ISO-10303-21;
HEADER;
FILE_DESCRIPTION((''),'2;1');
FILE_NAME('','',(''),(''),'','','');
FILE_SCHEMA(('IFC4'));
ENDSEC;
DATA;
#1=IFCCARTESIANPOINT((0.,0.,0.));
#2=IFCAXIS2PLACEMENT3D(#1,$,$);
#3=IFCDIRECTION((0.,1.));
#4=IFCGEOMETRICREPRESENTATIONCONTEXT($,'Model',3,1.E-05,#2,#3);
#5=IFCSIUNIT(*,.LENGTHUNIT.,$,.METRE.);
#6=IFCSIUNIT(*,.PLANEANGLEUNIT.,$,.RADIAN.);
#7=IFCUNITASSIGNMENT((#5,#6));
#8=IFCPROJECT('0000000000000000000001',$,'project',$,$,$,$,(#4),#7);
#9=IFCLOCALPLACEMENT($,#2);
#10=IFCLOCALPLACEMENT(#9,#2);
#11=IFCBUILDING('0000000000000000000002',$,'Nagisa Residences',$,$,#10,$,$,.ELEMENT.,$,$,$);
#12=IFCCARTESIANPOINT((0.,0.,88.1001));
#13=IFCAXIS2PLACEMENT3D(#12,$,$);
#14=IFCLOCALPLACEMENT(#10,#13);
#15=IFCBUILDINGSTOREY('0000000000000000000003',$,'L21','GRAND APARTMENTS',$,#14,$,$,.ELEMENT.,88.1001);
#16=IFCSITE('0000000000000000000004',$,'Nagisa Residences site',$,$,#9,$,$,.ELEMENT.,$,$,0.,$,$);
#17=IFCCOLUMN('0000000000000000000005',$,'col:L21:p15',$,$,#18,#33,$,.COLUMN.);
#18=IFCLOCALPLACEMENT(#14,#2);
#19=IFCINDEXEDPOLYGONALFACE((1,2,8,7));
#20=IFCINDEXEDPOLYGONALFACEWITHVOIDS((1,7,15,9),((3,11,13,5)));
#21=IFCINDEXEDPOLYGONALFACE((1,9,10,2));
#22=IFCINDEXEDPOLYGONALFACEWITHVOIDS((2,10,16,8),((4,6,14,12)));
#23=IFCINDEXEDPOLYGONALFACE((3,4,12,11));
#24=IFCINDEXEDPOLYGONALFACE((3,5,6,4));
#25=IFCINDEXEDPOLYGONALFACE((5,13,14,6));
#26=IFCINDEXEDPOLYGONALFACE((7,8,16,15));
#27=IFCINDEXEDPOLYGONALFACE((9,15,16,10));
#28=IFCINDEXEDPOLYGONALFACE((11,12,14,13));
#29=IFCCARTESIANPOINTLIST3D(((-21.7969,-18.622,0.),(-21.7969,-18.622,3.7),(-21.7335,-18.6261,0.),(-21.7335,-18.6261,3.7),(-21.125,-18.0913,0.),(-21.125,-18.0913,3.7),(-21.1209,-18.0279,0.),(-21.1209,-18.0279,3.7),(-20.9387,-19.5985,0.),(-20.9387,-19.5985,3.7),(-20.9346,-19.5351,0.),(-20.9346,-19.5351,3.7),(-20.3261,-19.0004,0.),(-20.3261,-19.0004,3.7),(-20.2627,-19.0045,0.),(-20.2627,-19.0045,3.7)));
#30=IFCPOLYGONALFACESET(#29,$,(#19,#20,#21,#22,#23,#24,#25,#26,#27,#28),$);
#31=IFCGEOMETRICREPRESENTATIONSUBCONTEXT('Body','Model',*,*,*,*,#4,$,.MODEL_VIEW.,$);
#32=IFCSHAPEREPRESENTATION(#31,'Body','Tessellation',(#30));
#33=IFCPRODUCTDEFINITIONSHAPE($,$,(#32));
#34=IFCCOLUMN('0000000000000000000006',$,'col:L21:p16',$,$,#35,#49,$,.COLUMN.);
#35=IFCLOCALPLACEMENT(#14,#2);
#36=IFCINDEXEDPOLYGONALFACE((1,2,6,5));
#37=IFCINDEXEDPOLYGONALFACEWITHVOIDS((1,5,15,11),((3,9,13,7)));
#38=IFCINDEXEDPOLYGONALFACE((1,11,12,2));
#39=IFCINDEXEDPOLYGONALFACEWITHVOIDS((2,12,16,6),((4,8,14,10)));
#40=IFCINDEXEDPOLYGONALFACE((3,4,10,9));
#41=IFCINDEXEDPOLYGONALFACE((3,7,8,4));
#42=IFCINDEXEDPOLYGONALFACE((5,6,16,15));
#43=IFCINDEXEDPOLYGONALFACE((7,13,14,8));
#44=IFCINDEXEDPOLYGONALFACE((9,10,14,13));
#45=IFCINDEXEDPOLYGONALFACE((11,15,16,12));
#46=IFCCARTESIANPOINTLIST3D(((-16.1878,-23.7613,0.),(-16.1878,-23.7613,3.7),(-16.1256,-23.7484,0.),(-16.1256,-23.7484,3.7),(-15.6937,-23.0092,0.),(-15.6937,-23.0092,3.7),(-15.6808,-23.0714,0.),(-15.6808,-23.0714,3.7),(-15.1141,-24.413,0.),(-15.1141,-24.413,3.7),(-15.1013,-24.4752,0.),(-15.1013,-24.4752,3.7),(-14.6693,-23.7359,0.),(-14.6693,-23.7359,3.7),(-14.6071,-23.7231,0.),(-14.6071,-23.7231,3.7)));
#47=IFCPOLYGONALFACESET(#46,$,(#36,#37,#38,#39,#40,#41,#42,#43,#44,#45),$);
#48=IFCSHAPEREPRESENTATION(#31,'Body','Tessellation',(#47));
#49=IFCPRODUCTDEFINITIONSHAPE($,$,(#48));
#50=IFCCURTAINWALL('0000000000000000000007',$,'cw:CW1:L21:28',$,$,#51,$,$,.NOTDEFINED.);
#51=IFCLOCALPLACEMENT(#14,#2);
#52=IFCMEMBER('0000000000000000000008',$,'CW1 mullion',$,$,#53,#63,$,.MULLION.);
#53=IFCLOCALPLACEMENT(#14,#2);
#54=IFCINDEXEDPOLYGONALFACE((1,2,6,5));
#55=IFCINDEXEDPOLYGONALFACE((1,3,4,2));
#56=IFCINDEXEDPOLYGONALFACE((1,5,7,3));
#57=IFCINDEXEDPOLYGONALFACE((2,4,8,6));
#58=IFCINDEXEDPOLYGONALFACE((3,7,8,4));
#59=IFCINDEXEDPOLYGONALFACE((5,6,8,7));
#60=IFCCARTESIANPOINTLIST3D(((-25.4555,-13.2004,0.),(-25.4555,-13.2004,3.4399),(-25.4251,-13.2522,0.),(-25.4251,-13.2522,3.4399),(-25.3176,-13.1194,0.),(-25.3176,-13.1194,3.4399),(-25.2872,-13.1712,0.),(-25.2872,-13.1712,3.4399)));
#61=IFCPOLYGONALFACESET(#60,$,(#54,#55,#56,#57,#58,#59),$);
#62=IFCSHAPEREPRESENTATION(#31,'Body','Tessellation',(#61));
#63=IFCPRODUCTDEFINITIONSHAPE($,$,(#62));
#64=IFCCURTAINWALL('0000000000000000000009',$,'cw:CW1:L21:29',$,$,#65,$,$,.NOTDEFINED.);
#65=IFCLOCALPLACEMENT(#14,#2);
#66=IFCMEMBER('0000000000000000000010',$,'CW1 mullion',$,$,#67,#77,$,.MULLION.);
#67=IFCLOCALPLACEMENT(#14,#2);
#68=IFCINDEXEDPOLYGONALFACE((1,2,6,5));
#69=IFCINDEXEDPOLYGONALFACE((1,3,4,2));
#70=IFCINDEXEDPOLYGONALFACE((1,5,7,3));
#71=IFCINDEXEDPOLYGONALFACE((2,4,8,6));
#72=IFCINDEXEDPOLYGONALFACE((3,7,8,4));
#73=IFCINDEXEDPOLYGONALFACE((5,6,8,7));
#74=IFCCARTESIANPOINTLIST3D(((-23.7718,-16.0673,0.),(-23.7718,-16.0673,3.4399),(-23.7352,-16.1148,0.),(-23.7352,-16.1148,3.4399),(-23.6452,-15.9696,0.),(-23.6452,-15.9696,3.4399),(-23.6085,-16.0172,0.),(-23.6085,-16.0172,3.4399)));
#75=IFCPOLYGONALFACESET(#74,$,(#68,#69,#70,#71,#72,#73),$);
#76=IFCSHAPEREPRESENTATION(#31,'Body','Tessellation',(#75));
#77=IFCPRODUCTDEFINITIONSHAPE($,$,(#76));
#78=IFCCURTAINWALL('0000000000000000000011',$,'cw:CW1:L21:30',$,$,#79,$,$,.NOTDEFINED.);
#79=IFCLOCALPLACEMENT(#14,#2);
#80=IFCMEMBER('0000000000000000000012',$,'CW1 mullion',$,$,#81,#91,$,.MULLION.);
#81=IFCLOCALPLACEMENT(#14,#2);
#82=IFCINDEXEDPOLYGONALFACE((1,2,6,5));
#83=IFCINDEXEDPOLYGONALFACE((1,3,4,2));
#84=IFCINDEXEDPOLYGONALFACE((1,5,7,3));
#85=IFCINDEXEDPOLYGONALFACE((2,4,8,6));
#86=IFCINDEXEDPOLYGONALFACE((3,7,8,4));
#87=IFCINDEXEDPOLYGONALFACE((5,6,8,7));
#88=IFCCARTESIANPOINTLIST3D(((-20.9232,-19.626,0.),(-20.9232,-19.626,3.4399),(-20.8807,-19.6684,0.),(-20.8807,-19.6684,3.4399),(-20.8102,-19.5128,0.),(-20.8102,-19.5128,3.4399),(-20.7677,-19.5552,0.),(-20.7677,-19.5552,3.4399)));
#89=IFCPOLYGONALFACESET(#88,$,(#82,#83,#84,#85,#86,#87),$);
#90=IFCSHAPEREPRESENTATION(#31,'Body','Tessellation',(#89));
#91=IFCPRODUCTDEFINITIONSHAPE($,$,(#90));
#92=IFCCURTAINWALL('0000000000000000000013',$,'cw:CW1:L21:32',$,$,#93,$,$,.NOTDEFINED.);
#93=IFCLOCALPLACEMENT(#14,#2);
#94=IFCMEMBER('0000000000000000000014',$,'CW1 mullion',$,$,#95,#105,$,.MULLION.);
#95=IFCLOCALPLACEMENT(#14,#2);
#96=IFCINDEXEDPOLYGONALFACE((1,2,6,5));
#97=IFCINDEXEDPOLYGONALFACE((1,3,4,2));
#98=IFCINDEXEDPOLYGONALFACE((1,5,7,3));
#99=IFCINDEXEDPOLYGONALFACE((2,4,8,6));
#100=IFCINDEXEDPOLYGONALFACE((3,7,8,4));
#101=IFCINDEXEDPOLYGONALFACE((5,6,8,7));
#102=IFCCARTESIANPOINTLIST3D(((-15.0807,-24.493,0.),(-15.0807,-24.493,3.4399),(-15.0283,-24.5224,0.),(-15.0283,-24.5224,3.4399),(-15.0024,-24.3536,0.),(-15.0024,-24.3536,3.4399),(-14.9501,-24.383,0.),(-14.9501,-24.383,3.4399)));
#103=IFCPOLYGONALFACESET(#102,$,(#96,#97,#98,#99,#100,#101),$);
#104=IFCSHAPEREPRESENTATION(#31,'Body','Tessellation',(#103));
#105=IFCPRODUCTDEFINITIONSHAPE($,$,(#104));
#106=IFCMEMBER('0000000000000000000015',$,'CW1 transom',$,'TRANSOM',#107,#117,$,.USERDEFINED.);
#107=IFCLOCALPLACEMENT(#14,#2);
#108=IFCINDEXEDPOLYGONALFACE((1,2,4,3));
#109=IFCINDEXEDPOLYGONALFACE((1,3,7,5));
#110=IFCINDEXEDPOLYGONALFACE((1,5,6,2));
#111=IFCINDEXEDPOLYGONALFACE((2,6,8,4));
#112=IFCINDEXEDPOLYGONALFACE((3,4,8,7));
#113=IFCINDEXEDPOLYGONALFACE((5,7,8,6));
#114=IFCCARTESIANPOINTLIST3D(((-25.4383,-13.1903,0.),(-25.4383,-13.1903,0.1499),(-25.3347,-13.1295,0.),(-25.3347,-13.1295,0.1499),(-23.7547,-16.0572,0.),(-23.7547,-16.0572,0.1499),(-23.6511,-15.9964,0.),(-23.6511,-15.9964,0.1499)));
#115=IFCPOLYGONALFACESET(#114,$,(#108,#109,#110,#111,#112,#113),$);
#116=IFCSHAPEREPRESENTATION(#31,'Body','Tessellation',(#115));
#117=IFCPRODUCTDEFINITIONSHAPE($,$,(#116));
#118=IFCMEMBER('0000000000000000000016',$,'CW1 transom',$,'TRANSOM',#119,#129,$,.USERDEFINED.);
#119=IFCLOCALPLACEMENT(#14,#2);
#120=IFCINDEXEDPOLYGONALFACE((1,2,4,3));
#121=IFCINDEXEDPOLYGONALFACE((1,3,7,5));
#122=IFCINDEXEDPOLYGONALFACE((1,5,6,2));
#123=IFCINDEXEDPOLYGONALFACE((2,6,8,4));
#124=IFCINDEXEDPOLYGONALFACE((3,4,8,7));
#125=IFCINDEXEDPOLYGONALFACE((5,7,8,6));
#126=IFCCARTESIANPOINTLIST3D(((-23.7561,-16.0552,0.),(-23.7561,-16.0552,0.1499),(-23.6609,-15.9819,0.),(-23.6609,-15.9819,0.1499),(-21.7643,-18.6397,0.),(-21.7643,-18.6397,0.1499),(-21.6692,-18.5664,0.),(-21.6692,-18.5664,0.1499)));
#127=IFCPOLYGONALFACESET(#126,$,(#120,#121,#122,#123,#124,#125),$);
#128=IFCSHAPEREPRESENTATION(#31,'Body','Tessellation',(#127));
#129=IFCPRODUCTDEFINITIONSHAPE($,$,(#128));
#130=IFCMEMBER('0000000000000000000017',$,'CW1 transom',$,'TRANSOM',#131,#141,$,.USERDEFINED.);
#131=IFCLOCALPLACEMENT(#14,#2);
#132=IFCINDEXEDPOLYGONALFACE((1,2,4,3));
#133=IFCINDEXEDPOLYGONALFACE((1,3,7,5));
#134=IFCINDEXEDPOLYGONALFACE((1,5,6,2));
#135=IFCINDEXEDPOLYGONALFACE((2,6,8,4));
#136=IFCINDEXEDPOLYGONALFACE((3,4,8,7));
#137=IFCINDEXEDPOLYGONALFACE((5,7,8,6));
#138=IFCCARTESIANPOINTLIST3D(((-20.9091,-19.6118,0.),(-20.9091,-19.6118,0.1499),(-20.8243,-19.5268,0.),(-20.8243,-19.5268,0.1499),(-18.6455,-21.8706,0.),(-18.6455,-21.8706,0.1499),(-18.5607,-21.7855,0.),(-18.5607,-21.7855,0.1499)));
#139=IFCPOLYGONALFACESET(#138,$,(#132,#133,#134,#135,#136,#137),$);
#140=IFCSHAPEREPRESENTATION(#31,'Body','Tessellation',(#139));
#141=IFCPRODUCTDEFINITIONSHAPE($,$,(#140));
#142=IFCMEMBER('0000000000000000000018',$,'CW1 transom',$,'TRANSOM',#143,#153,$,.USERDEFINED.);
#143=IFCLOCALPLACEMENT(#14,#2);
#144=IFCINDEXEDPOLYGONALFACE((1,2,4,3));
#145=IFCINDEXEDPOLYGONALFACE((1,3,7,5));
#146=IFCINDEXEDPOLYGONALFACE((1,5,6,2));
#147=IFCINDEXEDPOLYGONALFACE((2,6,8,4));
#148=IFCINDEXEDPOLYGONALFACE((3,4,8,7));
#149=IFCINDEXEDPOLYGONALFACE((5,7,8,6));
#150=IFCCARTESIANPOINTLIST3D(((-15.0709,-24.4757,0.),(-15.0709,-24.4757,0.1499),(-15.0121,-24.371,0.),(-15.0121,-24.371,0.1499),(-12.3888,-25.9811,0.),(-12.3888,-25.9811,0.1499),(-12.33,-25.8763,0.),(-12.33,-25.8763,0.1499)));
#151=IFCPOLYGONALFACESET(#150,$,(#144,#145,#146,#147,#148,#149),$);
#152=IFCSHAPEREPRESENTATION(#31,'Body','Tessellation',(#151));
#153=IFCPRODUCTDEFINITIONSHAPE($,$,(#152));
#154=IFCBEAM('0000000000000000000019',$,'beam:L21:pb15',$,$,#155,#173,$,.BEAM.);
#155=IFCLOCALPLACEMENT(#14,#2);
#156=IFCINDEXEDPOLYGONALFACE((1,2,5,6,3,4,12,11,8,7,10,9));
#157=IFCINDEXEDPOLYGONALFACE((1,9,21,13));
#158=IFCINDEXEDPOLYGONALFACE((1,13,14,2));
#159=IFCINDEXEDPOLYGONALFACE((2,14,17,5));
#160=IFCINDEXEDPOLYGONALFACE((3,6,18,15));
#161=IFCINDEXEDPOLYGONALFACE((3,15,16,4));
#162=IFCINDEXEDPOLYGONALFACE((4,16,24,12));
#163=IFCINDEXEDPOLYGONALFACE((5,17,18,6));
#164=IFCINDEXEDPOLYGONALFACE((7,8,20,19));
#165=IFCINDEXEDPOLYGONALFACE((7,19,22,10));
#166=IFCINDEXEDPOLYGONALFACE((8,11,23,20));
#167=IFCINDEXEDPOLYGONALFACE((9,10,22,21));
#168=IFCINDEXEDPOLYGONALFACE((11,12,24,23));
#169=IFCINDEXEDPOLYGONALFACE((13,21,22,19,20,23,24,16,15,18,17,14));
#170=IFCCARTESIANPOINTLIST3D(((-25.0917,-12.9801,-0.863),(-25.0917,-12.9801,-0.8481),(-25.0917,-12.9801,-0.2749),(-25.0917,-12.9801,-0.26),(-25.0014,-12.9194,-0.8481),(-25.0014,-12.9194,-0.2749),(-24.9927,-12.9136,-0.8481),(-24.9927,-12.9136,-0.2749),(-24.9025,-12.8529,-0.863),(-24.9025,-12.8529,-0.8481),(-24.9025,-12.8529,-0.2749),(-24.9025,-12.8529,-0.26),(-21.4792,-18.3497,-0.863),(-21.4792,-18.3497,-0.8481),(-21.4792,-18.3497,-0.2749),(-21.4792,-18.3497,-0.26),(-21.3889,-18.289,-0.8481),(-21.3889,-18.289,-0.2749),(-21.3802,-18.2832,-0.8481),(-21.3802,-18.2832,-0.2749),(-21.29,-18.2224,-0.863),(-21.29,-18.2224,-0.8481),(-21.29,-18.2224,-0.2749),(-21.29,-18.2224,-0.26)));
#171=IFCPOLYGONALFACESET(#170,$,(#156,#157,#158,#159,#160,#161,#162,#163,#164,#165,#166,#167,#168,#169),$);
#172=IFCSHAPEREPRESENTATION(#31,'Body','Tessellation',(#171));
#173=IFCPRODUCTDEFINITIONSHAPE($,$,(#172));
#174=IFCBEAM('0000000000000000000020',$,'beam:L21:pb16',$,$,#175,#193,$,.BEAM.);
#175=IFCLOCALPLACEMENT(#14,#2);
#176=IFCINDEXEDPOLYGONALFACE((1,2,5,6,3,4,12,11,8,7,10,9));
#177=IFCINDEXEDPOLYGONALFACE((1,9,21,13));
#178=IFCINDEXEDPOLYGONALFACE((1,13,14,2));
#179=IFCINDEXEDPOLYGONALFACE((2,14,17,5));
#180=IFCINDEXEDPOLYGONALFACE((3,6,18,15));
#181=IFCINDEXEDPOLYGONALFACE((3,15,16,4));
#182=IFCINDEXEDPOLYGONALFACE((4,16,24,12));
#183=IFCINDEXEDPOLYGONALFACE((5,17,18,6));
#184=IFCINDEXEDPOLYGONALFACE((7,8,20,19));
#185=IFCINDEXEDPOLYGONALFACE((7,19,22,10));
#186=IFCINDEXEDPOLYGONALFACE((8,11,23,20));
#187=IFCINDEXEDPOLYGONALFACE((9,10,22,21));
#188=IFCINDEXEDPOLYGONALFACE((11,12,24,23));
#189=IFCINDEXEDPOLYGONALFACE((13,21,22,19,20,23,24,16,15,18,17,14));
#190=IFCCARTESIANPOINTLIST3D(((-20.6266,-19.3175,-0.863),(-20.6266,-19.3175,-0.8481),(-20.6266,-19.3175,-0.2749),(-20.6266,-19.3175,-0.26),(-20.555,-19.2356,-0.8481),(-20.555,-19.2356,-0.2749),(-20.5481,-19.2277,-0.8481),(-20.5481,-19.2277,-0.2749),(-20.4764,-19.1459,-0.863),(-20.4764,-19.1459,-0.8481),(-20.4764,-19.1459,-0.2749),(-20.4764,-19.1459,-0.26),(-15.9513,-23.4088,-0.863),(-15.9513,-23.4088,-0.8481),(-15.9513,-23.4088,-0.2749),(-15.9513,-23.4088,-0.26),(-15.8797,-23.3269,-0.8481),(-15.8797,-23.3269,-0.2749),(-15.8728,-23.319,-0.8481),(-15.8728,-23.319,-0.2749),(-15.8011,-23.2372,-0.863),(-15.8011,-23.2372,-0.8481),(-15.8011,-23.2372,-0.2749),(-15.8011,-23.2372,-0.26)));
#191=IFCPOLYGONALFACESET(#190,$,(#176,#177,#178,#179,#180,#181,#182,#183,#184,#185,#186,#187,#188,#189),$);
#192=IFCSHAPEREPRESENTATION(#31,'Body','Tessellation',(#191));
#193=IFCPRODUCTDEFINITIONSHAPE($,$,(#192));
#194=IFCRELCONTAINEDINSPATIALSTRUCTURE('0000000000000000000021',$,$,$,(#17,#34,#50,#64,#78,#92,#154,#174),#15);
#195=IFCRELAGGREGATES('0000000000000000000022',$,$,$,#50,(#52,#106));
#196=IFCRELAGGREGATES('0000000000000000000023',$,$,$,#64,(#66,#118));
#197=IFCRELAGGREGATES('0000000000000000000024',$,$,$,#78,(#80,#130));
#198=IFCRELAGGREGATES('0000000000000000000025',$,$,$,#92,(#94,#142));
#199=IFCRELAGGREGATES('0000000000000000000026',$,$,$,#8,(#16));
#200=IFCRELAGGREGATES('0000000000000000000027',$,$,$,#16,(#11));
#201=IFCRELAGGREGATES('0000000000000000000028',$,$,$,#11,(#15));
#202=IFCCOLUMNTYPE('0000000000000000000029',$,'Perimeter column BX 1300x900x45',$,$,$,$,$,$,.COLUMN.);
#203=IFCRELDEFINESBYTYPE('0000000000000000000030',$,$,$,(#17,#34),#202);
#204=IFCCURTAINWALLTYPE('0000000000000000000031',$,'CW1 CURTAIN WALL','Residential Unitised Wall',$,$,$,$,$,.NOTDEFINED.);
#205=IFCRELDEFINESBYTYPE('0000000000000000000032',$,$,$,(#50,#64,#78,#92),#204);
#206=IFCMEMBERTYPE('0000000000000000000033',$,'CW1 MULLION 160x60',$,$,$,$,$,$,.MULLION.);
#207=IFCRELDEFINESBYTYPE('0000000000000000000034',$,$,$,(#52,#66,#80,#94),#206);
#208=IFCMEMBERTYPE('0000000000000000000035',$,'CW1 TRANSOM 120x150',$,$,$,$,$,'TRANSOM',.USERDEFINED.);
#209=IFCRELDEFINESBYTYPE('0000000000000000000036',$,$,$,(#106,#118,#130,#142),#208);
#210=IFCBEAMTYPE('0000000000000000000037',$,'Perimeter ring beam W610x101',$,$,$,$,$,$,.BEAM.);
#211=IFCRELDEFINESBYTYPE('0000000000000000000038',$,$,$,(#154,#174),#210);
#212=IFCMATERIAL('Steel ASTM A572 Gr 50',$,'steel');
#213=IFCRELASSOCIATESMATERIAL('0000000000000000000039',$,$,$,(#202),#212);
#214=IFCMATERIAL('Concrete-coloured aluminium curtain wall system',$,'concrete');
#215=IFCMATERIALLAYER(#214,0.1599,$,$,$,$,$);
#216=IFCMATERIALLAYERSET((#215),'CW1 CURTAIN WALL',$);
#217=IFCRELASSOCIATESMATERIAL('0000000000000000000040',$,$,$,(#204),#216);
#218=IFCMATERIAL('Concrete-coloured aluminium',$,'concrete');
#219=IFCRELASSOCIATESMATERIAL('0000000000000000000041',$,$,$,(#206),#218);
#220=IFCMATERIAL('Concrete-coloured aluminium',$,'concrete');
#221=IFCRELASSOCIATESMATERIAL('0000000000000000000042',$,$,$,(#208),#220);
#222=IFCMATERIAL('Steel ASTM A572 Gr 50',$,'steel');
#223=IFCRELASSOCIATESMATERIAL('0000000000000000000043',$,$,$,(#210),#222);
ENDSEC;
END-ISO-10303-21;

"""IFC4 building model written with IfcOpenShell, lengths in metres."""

from ifc_helpers import new_model, si_unit, direction, frame, origin, origin_2d, place, context, subcontext, project, spatial, rectangle, hollow_rectangle, i_section, extrude, material, layer, layer_set, material_profile, profile_set, type_object, element, aggregate, save


model = new_model("IFC4")

# Units and contexts
model_context = context("Model", 3, precision=1e-05, world=origin(), true_north=direction((0.0, 1.0)))
body_context = subcontext(model_context, "Body", "Model", "MODEL_VIEW")
ifc_project = project(units=[si_unit("LENGTHUNIT", "METRE"), si_unit("PLANEANGLEUNIT", "RADIAN")], contexts=[model_context])

# Site, building, storey
site_placement = place(None, origin())
site = spatial("IfcSite", under=ifc_project, at=site_placement, Name="Nagisa Residences site", CompositionType="ELEMENT", RefElevation=0.0)
building_placement = place(site_placement, origin())
building = spatial("IfcBuilding", under=site, at=building_placement, Name="Nagisa Residences", CompositionType="ELEMENT")
storey_placement = place(building_placement, frame((0.0, 0.0, 88.1001)))
storey = spatial("IfcBuildingStorey", under=building, at=storey_placement, Name="L21", Description="GRAND APARTMENTS", CompositionType="ELEMENT", Elevation=88.1001)

# Columns
ifc_material_1 = material(Name="Steel ASTM A572 Gr 50", Category="steel")
ifc_material_profile_1 = material_profile(ifc_material_1, hollow_rectangle(XDim=1.3, YDim=0.8999, WallThickness=0.0449, at=origin_2d()), Name="BX 1300x900x45")
ifc_profile_set_1 = profile_set([ifc_material_profile_1], Name="Steel ASTM A572 Gr 50")
column_type = type_object("IfcColumnType", Name="Perimeter column BX 1300x900x45", PredefinedType="COLUMN", material=ifc_profile_set_1)
for number, where, z_axis, x_axis, name in (
    (1, (-21.0298, -18.8132, 0.0), (0.0, 0.0, 1.0), (0.660115, -0.751165, 0.0), "col:L21:p15"),
    (2, (-15.3975, -23.7422, 0.0), (0.0, 0.0, 1.0), (0.835766, -0.549086, 0.0), "col:L21:p16"),
):
    element("IfcColumn", number, at=place(storey_placement, frame(where, z_axis=z_axis, x_axis=x_axis)), inside=storey, type_object=column_type, Name=name, PredefinedType="COLUMN", context=body_context, shape_type="SweptSolid", body=[
        extrude(hollow_rectangle(XDim=1.3, YDim=0.8999, WallThickness=0.0449, at=origin_2d()), origin(), (0.0, 0.0, 1.0), 3.7),
    ])

# Curtain walls, members
ifc_material_2 = material(Name="Concrete-coloured aluminium curtain wall system", Category="concrete")
ifc_layer_1 = layer(ifc_material_2, 0.1599)
ifc_layer_set_1 = layer_set([ifc_layer_1], Name="CW1 CURTAIN WALL")
curtain_wall_type = type_object("IfcCurtainWallType", Name="CW1 CURTAIN WALL", Description="Residential Unitised Wall", PredefinedType="NOTDEFINED", material=ifc_layer_set_1)
curtain_wall_1_placement = place(storey_placement, origin())
curtain_wall_1 = element("IfcCurtainWall", 3, at=curtain_wall_1_placement, inside=storey, type_object=curtain_wall_type, Name="cw:CW1:L21:28", PredefinedType="NOTDEFINED")
ifc_material_3 = material(Name="Concrete-coloured aluminium", Category="concrete")
ifc_material_profile_2 = material_profile(ifc_material_3, rectangle(XDim=0.1599, YDim=0.0601, at=origin_2d()), Name="CW1 MULLION 160x60")
ifc_profile_set_2 = profile_set([ifc_material_profile_2], Name="Concrete-coloured aluminium")
member_type_1 = type_object("IfcMemberType", Name="CW1 MULLION 160x60", PredefinedType="MULLION", material=ifc_profile_set_2)
member_1_placement = place(storey_placement, frame((-25.3713, -13.1858, 0.0), z_axis=(0.0, 0.0, 1.0), x_axis=(0.862329, 0.506349, 0.0)))
member_1 = element("IfcMember", 4, at=member_1_placement, type_object=member_type_1, Name="CW1 mullion", PredefinedType="MULLION", context=body_context, shape_type="SweptSolid", body=[
    extrude(rectangle(XDim=0.1599, YDim=0.0601, at=origin_2d()), origin(), (0.0, 0.0, 1.0), 3.4399),
])
curtain_wall_2_placement = place(storey_placement, origin())
curtain_wall_2 = element("IfcCurtainWall", 5, at=curtain_wall_2_placement, inside=storey, type_object=curtain_wall_type, Name="cw:CW1:L21:29", PredefinedType="NOTDEFINED")
member_2_placement = place(storey_placement, frame((-23.6902, -16.0422, 0.0), z_axis=(0.0, 0.0, 1.0), x_axis=(0.79207, 0.61043, 0.0)))
member_2 = element("IfcMember", 6, at=member_2_placement, type_object=member_type_1, Name="CW1 mullion", PredefinedType="MULLION", context=body_context, shape_type="SweptSolid", body=[
    extrude(rectangle(XDim=0.1599, YDim=0.0601, at=origin_2d()), origin(), (0.0, 0.0, 1.0), 3.4399),
])
curtain_wall_3_placement = place(storey_placement, origin())
curtain_wall_3 = element("IfcCurtainWall", 7, at=curtain_wall_3_placement, inside=storey, type_object=curtain_wall_type, Name="cw:CW1:L21:30", PredefinedType="NOTDEFINED")
member_3_placement = place(storey_placement, frame((-20.8455, -19.5906, 0.0), z_axis=(0.0, 0.0, 1.0), x_axis=(0.706377, 0.707836, 0.0)))
member_3 = element("IfcMember", 8, at=member_3_placement, type_object=member_type_1, Name="CW1 mullion", PredefinedType="MULLION", context=body_context, shape_type="SweptSolid", body=[
    extrude(rectangle(XDim=0.1599, YDim=0.0601, at=origin_2d()), origin(), (0.0, 0.0, 1.0), 3.4399),
])
curtain_wall_4_placement = place(storey_placement, origin())
curtain_wall_4 = element("IfcCurtainWall", 9, at=curtain_wall_4_placement, inside=storey, type_object=curtain_wall_type, Name="cw:CW1:L21:32", PredefinedType="NOTDEFINED")
member_4_placement = place(storey_placement, frame((-15.0154, -24.438, 0.0), z_axis=(0.0, 0.0, 1.0), x_axis=(0.489377, 0.872072, 0.0)))
member_4 = element("IfcMember", 10, at=member_4_placement, type_object=member_type_1, Name="CW1 mullion", PredefinedType="MULLION", context=body_context, shape_type="SweptSolid", body=[
    extrude(rectangle(XDim=0.1599, YDim=0.0601, at=origin_2d()), origin(), (0.0, 0.0, 1.0), 3.4399),
])

# Members
ifc_material_4 = material(Name="Concrete-coloured aluminium", Category="concrete")
ifc_material_profile_3 = material_profile(ifc_material_4, rectangle(XDim=0.1201, YDim=0.1499, at=origin_2d()), Name="CW1 TRANSOM 120x150")
ifc_profile_set_3 = profile_set([ifc_material_profile_3], Name="Concrete-coloured aluminium")
member_type_2 = type_object("IfcMemberType", Name="CW1 TRANSOM 120x150", ElementType="TRANSOM", PredefinedType="USERDEFINED", material=ifc_profile_set_3)
member_5_placement = place(storey_placement, frame((-25.3865, -13.1599, 0.075), z_axis=(0.506385, -0.862308, 0.0), x_axis=(0.862308, 0.506385, 0.0)))
member_5 = element("IfcMember", 11, at=member_5_placement, type_object=member_type_2, Name="CW1 transom", ObjectType="TRANSOM", PredefinedType="USERDEFINED", context=body_context, shape_type="SweptSolid", body=[
    extrude(rectangle(XDim=0.1201, YDim=0.1499, at=origin_2d()), origin(), (0.0, 0.0, 1.0), 3.3247),
])
member_6_placement = place(storey_placement, frame((-23.7085, -16.0186, 0.075), z_axis=(0.610412, -0.792084, 0.0), x_axis=(0.792084, 0.610412, 0.0)))
member_6 = element("IfcMember", 12, at=member_6_placement, type_object=member_type_2, Name="CW1 transom", ObjectType="TRANSOM", PredefinedType="USERDEFINED", context=body_context, shape_type="SweptSolid", body=[
    extrude(rectangle(XDim=0.1201, YDim=0.1499, at=origin_2d()), origin(), (0.0, 0.0, 1.0), 3.2629),
])
member_7_placement = place(storey_placement, frame((-20.8667, -19.5693, 0.075), z_axis=(0.70787, -0.706343, 0.0), x_axis=(0.706343, 0.70787, 0.0)))
member_7 = element("IfcMember", 13, at=member_7_placement, type_object=member_type_2, Name="CW1 transom", ObjectType="TRANSOM", PredefinedType="USERDEFINED", context=body_context, shape_type="SweptSolid", body=[
    extrude(rectangle(XDim=0.1201, YDim=0.1499, at=origin_2d()), origin(), (0.0, 0.0, 1.0), 3.1978),
])
member_8_placement = place(storey_placement, frame((-15.0415, -24.4233, 0.075), z_axis=(0.872037, -0.489439, 0.0), x_axis=(0.489439, 0.872037, 0.0)))
member_8 = element("IfcMember", 14, at=member_8_placement, type_object=member_type_2, Name="CW1 transom", ObjectType="TRANSOM", PredefinedType="USERDEFINED", context=body_context, shape_type="SweptSolid", body=[
    extrude(rectangle(XDim=0.1201, YDim=0.1499, at=origin_2d()), origin(), (0.0, 0.0, 1.0), 3.0757),
])

# Beams
ifc_material_5 = material(Name="Steel ASTM A572 Gr 50", Category="steel")
ifc_material_profile_4 = material_profile(ifc_material_5, i_section(OverallWidth=0.228, OverallDepth=0.603, WebThickness=0.0105, FlangeThickness=0.0149, at=origin_2d()), Name="W610x101")
ifc_profile_set_4 = profile_set([ifc_material_profile_4], Name="Steel ASTM A572 Gr 50")
beam_type_1 = type_object("IfcBeamType", Name="Perimeter ring beam W610x101", PredefinedType="BEAM", material=ifc_profile_set_4)
beam_1_placement = place(storey_placement, frame((-24.9971, -12.9165, -0.5615), z_axis=(0.558204, -0.829704, 0.0), x_axis=(0.829704, 0.558204, 0.0)))
element("IfcBeam", 15, at=beam_1_placement, inside=storey, type_object=beam_type_1, Name="beam:L21:pb15", PredefinedType="BEAM", context=body_context, shape_type="SweptSolid", body=[
    extrude(i_section(OverallWidth=0.228, OverallDepth=0.603, WebThickness=0.0105, FlangeThickness=0.0149, at=origin_2d()), origin(), (0.0, 0.0, 1.0), 6.4717),
])
beam_2_placement = place(storey_placement, frame((-20.5515, -19.2317, -0.5615), z_axis=(0.752543, -0.658544, 0.0), x_axis=(0.658544, 0.752543, 0.0)))
element("IfcBeam", 16, at=beam_2_placement, inside=storey, type_object=beam_type_1, Name="beam:L21:pb16", PredefinedType="BEAM", context=body_context, shape_type="SweptSolid", body=[
    extrude(i_section(OverallWidth=0.228, OverallDepth=0.603, WebThickness=0.0105, FlangeThickness=0.0149, at=origin_2d()), origin(), (0.0, 0.0, 1.0), 6.2126),
])

aggregate(curtain_wall_1, [member_1, member_5])
aggregate(curtain_wall_2, [member_2, member_6])
aggregate(curtain_wall_3, [member_3, member_7])
aggregate(curtain_wall_4, [member_4, member_8])

save(model, "model.ifc")
